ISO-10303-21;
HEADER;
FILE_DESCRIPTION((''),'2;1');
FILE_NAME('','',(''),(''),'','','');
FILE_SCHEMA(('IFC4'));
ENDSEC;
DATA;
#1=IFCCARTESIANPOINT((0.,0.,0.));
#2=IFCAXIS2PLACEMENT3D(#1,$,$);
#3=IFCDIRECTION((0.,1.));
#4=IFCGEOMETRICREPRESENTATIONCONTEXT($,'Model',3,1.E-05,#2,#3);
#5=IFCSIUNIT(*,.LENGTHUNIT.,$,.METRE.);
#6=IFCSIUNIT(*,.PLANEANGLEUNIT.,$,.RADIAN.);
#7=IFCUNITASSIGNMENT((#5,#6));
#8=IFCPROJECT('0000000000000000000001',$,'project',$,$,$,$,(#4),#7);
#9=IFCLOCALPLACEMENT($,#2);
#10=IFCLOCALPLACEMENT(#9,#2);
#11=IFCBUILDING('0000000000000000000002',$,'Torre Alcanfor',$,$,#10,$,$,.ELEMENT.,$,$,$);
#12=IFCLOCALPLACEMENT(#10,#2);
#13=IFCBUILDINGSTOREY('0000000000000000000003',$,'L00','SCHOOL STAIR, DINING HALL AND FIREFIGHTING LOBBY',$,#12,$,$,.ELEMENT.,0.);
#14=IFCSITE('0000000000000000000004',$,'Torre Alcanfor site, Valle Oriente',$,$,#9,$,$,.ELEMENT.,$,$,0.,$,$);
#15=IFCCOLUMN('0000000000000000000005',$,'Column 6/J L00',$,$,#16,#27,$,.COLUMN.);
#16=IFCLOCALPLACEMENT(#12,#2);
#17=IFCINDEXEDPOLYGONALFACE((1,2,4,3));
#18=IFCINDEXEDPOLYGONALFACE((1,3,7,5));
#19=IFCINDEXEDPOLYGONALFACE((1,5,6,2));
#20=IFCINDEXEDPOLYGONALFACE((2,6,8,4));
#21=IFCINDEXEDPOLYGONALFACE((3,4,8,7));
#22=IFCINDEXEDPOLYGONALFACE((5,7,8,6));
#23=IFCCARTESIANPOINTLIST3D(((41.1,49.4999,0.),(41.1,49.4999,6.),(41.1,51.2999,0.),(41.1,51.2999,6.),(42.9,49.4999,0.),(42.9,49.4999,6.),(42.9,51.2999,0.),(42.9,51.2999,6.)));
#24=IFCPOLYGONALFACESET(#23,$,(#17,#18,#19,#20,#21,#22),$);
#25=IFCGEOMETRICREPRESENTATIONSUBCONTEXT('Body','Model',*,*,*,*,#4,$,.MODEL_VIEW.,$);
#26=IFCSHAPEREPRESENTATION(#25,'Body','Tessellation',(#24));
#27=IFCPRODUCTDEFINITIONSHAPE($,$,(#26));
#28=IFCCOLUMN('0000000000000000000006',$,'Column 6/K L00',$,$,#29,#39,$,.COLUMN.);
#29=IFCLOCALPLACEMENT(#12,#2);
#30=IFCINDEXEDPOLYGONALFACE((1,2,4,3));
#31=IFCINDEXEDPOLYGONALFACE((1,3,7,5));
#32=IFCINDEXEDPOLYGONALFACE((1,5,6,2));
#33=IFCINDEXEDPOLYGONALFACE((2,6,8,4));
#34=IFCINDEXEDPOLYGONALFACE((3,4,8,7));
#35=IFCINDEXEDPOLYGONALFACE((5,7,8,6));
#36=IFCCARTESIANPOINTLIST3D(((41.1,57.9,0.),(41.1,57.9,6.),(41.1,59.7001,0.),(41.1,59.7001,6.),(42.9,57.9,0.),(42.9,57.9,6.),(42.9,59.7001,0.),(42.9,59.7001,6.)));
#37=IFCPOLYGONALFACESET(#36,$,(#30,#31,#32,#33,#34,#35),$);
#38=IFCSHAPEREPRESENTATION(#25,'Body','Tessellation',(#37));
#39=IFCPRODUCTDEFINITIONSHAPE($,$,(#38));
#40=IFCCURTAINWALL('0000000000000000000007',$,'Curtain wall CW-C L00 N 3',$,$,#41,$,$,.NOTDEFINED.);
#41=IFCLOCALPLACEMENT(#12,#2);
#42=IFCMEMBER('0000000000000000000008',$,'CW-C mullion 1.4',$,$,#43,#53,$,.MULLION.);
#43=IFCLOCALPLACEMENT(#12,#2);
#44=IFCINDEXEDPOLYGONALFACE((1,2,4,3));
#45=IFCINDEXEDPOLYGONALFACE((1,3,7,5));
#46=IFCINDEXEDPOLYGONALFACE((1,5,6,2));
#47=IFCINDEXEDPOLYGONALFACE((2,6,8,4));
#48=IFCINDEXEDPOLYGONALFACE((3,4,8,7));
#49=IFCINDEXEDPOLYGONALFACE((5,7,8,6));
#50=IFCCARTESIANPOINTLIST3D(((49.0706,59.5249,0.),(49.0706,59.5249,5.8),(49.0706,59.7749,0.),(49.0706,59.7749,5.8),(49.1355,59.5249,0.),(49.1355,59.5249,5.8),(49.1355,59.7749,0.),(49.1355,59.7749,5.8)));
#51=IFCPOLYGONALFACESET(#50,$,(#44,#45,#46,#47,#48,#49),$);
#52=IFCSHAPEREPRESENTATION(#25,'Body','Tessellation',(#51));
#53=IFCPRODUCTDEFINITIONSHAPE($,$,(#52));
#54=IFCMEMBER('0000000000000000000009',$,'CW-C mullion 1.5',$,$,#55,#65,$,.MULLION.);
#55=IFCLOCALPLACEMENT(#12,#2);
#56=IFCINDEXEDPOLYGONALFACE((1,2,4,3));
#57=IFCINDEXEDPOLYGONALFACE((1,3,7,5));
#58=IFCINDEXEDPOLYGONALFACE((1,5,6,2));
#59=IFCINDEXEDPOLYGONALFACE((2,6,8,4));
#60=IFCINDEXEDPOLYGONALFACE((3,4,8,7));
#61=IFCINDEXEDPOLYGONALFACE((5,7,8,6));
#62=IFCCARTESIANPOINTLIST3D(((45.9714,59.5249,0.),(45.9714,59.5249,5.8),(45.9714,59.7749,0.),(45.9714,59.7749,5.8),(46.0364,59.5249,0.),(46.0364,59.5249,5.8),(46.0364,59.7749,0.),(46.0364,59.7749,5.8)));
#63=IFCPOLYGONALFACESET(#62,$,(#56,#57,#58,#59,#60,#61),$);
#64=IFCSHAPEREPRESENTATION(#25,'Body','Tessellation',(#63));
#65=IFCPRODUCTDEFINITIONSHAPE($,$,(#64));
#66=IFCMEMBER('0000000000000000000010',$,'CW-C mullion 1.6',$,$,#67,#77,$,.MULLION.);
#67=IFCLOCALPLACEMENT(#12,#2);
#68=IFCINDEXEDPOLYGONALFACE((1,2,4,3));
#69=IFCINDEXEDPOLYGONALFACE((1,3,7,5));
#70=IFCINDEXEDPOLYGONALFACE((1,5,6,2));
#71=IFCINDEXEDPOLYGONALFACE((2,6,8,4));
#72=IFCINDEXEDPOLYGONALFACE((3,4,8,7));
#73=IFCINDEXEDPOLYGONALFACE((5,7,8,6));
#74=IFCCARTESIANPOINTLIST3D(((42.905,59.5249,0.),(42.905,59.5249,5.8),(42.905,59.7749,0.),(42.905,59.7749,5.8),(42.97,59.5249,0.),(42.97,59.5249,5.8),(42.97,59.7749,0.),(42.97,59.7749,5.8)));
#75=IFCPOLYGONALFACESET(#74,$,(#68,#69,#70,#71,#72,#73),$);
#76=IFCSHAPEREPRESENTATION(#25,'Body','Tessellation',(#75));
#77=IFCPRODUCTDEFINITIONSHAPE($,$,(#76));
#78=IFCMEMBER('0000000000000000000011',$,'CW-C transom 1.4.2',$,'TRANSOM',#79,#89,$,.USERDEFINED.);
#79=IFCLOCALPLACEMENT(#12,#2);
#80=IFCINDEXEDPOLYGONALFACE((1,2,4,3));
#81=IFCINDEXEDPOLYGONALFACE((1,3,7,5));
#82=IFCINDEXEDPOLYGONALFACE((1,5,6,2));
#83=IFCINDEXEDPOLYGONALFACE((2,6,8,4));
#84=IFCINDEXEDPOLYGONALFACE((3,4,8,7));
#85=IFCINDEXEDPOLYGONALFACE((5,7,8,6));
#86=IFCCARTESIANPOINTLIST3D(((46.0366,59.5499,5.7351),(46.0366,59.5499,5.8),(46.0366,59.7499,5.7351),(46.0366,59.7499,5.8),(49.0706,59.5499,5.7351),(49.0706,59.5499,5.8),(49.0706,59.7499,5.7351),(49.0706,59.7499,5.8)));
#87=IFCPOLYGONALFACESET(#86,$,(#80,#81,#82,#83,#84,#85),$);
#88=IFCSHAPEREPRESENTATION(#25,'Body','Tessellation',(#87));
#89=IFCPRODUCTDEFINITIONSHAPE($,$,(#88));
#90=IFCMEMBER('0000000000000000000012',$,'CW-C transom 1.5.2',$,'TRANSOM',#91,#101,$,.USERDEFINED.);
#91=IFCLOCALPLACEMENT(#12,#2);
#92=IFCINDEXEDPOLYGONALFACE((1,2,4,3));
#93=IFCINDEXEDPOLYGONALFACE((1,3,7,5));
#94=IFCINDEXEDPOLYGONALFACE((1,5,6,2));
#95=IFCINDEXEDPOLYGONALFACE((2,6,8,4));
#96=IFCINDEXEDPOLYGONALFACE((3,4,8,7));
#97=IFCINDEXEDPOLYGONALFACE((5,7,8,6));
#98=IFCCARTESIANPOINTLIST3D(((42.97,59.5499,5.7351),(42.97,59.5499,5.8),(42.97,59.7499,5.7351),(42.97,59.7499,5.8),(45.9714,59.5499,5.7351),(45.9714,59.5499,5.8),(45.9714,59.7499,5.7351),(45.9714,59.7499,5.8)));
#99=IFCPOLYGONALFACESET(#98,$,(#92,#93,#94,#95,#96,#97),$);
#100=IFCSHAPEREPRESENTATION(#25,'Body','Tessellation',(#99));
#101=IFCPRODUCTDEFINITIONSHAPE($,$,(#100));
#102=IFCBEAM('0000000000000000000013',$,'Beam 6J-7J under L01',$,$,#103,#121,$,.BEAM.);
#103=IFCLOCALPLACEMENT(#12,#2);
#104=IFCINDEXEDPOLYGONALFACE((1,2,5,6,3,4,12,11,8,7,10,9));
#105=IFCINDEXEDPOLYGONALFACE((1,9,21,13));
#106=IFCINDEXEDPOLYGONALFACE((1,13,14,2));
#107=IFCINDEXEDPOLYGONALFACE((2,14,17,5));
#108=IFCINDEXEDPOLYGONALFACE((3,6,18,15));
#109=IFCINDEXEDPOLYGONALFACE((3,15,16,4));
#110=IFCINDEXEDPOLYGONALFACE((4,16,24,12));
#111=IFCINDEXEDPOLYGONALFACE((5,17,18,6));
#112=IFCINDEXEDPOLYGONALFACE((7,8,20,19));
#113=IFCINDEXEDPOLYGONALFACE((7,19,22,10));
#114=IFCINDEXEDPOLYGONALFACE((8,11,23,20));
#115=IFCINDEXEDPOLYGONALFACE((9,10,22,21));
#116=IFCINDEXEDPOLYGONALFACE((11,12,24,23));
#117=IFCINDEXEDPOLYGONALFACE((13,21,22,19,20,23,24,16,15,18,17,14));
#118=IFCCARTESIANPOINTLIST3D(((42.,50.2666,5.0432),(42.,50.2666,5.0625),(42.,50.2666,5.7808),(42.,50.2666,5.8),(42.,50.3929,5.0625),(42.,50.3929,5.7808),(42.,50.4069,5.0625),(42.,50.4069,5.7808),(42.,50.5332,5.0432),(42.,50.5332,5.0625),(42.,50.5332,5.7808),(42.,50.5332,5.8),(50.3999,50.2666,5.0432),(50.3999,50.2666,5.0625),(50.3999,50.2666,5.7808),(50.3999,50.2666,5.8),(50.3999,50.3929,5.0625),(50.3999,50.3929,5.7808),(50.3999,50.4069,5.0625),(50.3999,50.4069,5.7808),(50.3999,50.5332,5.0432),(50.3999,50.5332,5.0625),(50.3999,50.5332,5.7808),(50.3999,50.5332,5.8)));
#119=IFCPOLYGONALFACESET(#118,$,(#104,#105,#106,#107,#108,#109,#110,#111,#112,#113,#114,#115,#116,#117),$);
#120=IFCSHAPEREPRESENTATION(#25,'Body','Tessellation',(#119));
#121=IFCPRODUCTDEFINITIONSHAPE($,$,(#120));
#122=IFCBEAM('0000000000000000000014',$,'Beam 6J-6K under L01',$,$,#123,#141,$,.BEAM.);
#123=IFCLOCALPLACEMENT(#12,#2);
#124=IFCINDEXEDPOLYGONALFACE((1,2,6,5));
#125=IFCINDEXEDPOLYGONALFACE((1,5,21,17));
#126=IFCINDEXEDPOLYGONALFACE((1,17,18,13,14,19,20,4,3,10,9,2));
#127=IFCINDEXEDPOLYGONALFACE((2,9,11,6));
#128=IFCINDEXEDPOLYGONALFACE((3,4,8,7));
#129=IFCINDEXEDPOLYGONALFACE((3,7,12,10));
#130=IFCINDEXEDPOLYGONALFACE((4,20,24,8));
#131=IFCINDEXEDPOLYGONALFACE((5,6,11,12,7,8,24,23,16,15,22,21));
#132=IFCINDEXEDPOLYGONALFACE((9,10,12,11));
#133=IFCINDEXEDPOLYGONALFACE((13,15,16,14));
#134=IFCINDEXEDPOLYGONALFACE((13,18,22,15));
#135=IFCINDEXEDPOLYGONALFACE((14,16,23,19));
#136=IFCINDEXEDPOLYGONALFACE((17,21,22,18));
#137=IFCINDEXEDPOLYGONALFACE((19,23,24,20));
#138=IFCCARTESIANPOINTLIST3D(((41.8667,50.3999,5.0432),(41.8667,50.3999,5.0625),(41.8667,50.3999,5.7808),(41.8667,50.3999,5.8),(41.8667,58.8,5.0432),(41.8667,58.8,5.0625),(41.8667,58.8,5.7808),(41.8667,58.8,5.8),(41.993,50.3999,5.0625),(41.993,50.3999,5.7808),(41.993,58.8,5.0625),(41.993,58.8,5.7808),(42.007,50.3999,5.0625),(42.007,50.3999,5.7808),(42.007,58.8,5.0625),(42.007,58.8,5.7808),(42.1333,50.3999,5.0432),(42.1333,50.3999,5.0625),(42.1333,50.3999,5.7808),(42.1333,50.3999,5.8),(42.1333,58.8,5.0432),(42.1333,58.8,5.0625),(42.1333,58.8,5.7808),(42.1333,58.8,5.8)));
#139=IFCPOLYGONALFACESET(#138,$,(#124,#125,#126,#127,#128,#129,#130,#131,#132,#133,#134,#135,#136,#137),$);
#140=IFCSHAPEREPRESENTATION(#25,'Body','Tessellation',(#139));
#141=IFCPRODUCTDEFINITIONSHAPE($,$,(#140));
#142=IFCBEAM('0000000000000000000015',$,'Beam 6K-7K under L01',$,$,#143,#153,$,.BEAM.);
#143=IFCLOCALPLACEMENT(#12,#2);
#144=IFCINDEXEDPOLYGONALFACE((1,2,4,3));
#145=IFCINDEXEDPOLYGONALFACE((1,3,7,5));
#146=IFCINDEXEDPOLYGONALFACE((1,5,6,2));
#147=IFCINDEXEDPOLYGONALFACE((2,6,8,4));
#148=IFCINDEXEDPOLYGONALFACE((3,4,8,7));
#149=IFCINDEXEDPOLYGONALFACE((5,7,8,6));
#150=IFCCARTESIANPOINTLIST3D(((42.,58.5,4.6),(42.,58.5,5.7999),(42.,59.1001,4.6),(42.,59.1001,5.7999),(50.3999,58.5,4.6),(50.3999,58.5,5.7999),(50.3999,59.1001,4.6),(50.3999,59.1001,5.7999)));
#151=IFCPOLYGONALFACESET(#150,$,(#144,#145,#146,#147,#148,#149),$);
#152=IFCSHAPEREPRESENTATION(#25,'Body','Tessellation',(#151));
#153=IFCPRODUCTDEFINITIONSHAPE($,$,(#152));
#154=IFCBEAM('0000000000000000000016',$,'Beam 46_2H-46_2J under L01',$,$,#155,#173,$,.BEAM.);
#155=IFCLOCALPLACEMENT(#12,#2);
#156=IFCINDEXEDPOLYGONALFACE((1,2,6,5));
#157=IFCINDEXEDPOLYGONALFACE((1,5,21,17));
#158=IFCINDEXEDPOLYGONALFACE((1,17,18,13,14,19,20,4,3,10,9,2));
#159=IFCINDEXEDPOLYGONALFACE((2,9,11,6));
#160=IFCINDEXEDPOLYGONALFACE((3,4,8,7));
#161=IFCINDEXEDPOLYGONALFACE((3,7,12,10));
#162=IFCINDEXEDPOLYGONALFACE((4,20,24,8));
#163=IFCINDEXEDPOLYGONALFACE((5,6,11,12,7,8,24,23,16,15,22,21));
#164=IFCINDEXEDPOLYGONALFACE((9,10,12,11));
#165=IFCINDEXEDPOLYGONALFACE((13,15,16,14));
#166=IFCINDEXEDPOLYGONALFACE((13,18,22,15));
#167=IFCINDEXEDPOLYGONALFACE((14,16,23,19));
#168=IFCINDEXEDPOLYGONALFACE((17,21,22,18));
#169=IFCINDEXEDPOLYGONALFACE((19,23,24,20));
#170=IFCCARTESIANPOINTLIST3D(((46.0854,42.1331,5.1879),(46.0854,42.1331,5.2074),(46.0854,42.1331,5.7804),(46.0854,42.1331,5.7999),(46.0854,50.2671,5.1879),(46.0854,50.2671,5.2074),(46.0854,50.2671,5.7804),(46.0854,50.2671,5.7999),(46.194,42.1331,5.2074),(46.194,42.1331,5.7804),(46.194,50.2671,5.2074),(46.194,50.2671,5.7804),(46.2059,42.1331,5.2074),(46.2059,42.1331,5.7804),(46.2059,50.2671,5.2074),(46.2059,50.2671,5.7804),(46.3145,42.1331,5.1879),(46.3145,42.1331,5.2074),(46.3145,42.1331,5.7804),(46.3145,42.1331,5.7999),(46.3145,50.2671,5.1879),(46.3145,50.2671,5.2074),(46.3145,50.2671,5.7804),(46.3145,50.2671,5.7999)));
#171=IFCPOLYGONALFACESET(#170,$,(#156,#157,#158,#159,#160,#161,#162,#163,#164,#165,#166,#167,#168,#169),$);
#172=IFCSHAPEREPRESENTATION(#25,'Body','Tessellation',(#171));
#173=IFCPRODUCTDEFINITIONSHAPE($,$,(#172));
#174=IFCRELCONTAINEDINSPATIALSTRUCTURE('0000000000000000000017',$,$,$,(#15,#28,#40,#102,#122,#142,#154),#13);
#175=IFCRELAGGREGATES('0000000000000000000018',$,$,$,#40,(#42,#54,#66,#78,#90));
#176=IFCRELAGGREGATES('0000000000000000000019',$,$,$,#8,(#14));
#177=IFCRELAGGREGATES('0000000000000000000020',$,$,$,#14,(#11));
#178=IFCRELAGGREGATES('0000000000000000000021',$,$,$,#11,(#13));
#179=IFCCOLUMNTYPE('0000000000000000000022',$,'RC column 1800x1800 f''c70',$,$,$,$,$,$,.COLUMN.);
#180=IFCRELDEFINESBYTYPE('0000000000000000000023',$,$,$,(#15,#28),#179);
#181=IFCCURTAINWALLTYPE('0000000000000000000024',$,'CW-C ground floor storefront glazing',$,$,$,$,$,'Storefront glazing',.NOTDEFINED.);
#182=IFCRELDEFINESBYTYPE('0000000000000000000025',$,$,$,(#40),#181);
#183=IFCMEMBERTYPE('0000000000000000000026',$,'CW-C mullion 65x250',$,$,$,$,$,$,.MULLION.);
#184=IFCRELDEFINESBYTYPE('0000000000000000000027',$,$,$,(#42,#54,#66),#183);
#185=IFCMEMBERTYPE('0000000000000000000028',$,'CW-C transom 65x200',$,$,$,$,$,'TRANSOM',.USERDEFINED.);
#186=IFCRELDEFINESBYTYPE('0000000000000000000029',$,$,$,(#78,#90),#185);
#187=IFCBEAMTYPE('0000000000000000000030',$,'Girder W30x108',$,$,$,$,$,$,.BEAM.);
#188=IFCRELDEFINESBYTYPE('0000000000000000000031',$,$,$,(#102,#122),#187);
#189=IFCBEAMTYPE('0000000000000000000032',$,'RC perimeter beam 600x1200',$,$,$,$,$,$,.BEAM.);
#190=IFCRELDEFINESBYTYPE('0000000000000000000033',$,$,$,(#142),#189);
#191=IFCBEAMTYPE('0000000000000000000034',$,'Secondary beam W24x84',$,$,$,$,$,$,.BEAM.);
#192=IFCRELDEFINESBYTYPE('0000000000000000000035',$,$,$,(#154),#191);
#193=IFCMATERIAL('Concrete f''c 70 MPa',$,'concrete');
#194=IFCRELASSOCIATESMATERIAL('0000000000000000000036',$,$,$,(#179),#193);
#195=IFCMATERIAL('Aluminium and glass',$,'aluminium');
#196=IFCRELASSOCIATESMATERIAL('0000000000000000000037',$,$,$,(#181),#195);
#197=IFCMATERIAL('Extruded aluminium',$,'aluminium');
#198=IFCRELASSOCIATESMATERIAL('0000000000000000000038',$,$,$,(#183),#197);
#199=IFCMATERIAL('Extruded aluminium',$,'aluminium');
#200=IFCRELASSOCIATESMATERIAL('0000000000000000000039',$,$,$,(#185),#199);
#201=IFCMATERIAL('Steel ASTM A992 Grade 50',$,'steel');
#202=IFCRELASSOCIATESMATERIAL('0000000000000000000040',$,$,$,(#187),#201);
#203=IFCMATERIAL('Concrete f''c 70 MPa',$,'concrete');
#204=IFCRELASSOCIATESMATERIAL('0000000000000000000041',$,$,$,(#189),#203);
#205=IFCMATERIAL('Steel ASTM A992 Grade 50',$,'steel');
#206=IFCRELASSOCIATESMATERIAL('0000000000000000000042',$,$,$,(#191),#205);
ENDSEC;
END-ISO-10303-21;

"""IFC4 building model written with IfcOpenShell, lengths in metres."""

from ifc_helpers import new_model, si_unit, direction, frame, origin, origin_2d, place, context, subcontext, project, spatial, rectangle, i_section, extrude, material, material_profile, profile_set, type_object, element, aggregate, save


model = new_model("IFC4")

# Units and contexts
model_context = context("Model", 3, precision=1e-05, world=origin(), true_north=direction((0.0, 1.0)))
body_context = subcontext(model_context, "Body", "Model", "MODEL_VIEW")
ifc_project = project(units=[si_unit("LENGTHUNIT", "METRE"), si_unit("PLANEANGLEUNIT", "RADIAN")], contexts=[model_context])

# Site, building, storey
site_placement = place(None, origin())
site = spatial("IfcSite", under=ifc_project, at=site_placement, Name="Torre Alcanfor site, Valle Oriente", CompositionType="ELEMENT", RefElevation=0.0)
building_placement = place(site_placement, origin())
building = spatial("IfcBuilding", under=site, at=building_placement, Name="Torre Alcanfor", CompositionType="ELEMENT")
storey_placement = place(building_placement, origin())
storey = spatial("IfcBuildingStorey", under=building, at=storey_placement, Name="L00", Description="SCHOOL STAIR, DINING HALL AND FIREFIGHTING LOBBY", CompositionType="ELEMENT", Elevation=0.0)

# Columns
ifc_material_1 = material(Name="Concrete f'c 70 MPa", Category="concrete")
ifc_material_profile_1 = material_profile(ifc_material_1, rectangle(XDim=1.8, YDim=1.8, at=origin_2d()), Name="1800x1800")
ifc_profile_set_1 = profile_set([ifc_material_profile_1], Name="Concrete f'c 70 MPa")
column_type = type_object("IfcColumnType", Name="RC column 1800x1800 f'c70", PredefinedType="COLUMN", material=ifc_profile_set_1)
for number, where, z_axis, x_axis, name in (
    (1, (42.0, 50.3999, 0.0), (0.0, 0.0, 1.0), (1.0, 0.0, 0.0), "Column 6/J L00"),
    (2, (42.0, 58.8, 0.0), (0.0, 0.0, 1.0), (1.0, 0.0, 0.0), "Column 6/K L00"),
):
    element("IfcColumn", number, at=place(storey_placement, frame(where, z_axis=z_axis, x_axis=x_axis)), inside=storey, type_object=column_type, Name=name, PredefinedType="COLUMN", context=body_context, shape_type="SweptSolid", body=[
        extrude(rectangle(XDim=1.8, YDim=1.8, at=origin_2d()), origin(), (0.0, 0.0, 1.0), 6.0),
    ])

# Curtain wall, members
ifc_material_2 = material(Name="Aluminium and glass", Category="aluminium")
curtain_wall_type = type_object("IfcCurtainWallType", Name="CW-C ground floor storefront glazing", ElementType="Storefront glazing", PredefinedType="NOTDEFINED", material=ifc_material_2)
curtain_wall_placement = place(storey_placement, origin())
curtain_wall = element("IfcCurtainWall", 3, at=curtain_wall_placement, inside=storey, type_object=curtain_wall_type, Name="Curtain wall CW-C L00 N 3", PredefinedType="NOTDEFINED")
ifc_material_3 = material(Name="Extruded aluminium", Category="aluminium")
ifc_material_profile_2 = material_profile(ifc_material_3, rectangle(XDim=0.25, YDim=0.0649, at=origin_2d()), Name="CW-C mullion 65x250")
ifc_profile_set_2 = profile_set([ifc_material_profile_2], Name="Extruded aluminium")
member_type_1 = type_object("IfcMemberType", Name="CW-C mullion 65x250", PredefinedType="MULLION", material=ifc_profile_set_2)
member_1_placement = place(storey_placement, frame((49.103, 59.6499, 0.0), z_axis=(0.0, 0.0, 1.0), x_axis=(0.0, -1.0, 0.0)))
member_1 = element("IfcMember", 4, at=member_1_placement, type_object=member_type_1, Name="CW-C mullion 1.4", PredefinedType="MULLION", context=body_context, shape_type="SweptSolid", body=[
    extrude(rectangle(XDim=0.25, YDim=0.0649, at=origin_2d()), origin(), (0.0, 0.0, 1.0), 5.8),
])
member_2_placement = place(storey_placement, frame((46.0039, 59.6499, 0.0), z_axis=(0.0, 0.0, 1.0), x_axis=(0.0, -1.0, 0.0)))
member_2 = element("IfcMember", 5, at=member_2_placement, type_object=member_type_1, Name="CW-C mullion 1.5", PredefinedType="MULLION", context=body_context, shape_type="SweptSolid", body=[
    extrude(rectangle(XDim=0.25, YDim=0.0649, at=origin_2d()), origin(), (0.0, 0.0, 1.0), 5.8),
])
member_3_placement = place(storey_placement, frame((42.9375, 59.6499, 0.0), z_axis=(0.0, 0.0, 1.0), x_axis=(0.0, -1.0, 0.0)))
member_3 = element("IfcMember", 6, at=member_3_placement, type_object=member_type_1, Name="CW-C mullion 1.6", PredefinedType="MULLION", context=body_context, shape_type="SweptSolid", body=[
    extrude(rectangle(XDim=0.25, YDim=0.0649, at=origin_2d()), origin(), (0.0, 0.0, 1.0), 5.8),
])
ifc_material_4 = material(Name="Extruded aluminium", Category="aluminium")
ifc_material_profile_3 = material_profile(ifc_material_4, rectangle(XDim=0.2, YDim=0.0649, at=origin_2d()), Name="CW-C transom 200x65")
ifc_profile_set_3 = profile_set([ifc_material_profile_3], Name="Extruded aluminium")
member_type_2 = type_object("IfcMemberType", Name="CW-C transom 65x200", ElementType="TRANSOM", PredefinedType="USERDEFINED", material=ifc_profile_set_3)
member_4_placement = place(storey_placement, frame((49.0706, 59.6499, 5.7676), z_axis=(-1.0, 0.0, 0.0), x_axis=(0.0, -1.0, 0.0)))
member_4 = element("IfcMember", 7, at=member_4_placement, type_object=member_type_2, Name="CW-C transom 1.4.2", ObjectType="TRANSOM", PredefinedType="USERDEFINED", context=body_context, shape_type="SweptSolid", body=[
    extrude(rectangle(XDim=0.2, YDim=0.0649, at=origin_2d()), origin(), (0.0, 0.0, 1.0), 3.0339),
])
member_5_placement = place(storey_placement, frame((45.9714, 59.6499, 5.7676), z_axis=(-1.0, 0.0, 0.0), x_axis=(0.0, -1.0, 0.0)))
member_5 = element("IfcMember", 8, at=member_5_placement, type_object=member_type_2, Name="CW-C transom 1.5.2", ObjectType="TRANSOM", PredefinedType="USERDEFINED", context=body_context, shape_type="SweptSolid", body=[
    extrude(rectangle(XDim=0.2, YDim=0.0649, at=origin_2d()), origin(), (0.0, 0.0, 1.0), 3.0015),
])

# Beams
ifc_material_5 = material(Name="Steel ASTM A992 Grade 50", Category="steel")
ifc_material_profile_4 = material_profile(ifc_material_5, i_section(OverallWidth=0.2666, OverallDepth=0.7568, WebThickness=0.0139, FlangeThickness=0.0193, at=origin_2d()), Name="W30x108")
ifc_profile_set_4 = profile_set([ifc_material_profile_4], Name="Steel ASTM A992 Grade 50")
beam_type_1 = type_object("IfcBeamType", Name="Girder W30x108", PredefinedType="BEAM", material=ifc_profile_set_4)
beam_1_placement = place(storey_placement, frame((42.0, 50.3999, 5.4216), z_axis=(1.0, 0.0, 0.0), x_axis=(0.0, 1.0, 0.0)))
element("IfcBeam", 9, at=beam_1_placement, inside=storey, type_object=beam_type_1, Name="Beam 6J-7J under L01", PredefinedType="BEAM", context=body_context, shape_type="SweptSolid", body=[
    extrude(i_section(OverallWidth=0.2666, OverallDepth=0.7568, WebThickness=0.0139, FlangeThickness=0.0193, at=origin_2d()), origin(), (0.0, 0.0, 1.0), 8.3999),
])
beam_2_placement = place(storey_placement, frame((42.0, 50.3999, 5.4216), z_axis=(0.0, 1.0, 0.0), x_axis=(-1.0, 0.0, 0.0)))
element("IfcBeam", 10, at=beam_2_placement, inside=storey, type_object=beam_type_1, Name="Beam 6J-6K under L01", PredefinedType="BEAM", context=body_context, shape_type="SweptSolid", body=[
    extrude(i_section(OverallWidth=0.2666, OverallDepth=0.7568, WebThickness=0.0139, FlangeThickness=0.0193, at=origin_2d()), origin(), (0.0, 0.0, 1.0), 8.4001),
])
ifc_material_6 = material(Name="Concrete f'c 70 MPa", Category="concrete")
ifc_material_profile_5 = material_profile(ifc_material_6, rectangle(XDim=0.6001, YDim=1.2, at=origin_2d()), Name="600x1200")
ifc_profile_set_5 = profile_set([ifc_material_profile_5], Name="Concrete f'c 70 MPa")
beam_type_2 = type_object("IfcBeamType", Name="RC perimeter beam 600x1200", PredefinedType="BEAM", material=ifc_profile_set_5)
beam_3_placement = place(storey_placement, frame((42.0, 58.8, 5.2), z_axis=(1.0, 0.0, 0.0), x_axis=(0.0, 1.0, 0.0)))
element("IfcBeam", 11, at=beam_3_placement, inside=storey, type_object=beam_type_2, Name="Beam 6K-7K under L01", PredefinedType="BEAM", context=body_context, shape_type="SweptSolid", body=[
    extrude(rectangle(XDim=0.6001, YDim=1.2, at=origin_2d()), origin(), (0.0, 0.0, 1.0), 8.3999),
])
ifc_material_7 = material(Name="Steel ASTM A992 Grade 50", Category="steel")
ifc_material_profile_6 = material_profile(ifc_material_7, i_section(OverallWidth=0.229, OverallDepth=0.6121, WebThickness=0.012, FlangeThickness=0.0195, at=origin_2d()), Name="W24x84")
ifc_profile_set_6 = profile_set([ifc_material_profile_6], Name="Steel ASTM A992 Grade 50")
beam_type_3 = type_object("IfcBeamType", Name="Secondary beam W24x84", PredefinedType="BEAM", material=ifc_profile_set_6)
beam_4_placement = place(storey_placement, frame((46.2, 42.1331, 5.4939), z_axis=(0.0, 1.0, 0.0), x_axis=(-1.0, 0.0, 0.0)))
element("IfcBeam", 12, at=beam_4_placement, inside=storey, type_object=beam_type_3, Name="Beam 46_2H-46_2J under L01", PredefinedType="BEAM", context=body_context, shape_type="SweptSolid", body=[
    extrude(i_section(OverallWidth=0.229, OverallDepth=0.6121, WebThickness=0.012, FlangeThickness=0.0195, at=origin_2d()), origin(), (0.0, 0.0, 1.0), 8.134),
])

aggregate(curtain_wall, [member_1, member_2, member_3, member_4, member_5])

save(model, "model.ifc")
